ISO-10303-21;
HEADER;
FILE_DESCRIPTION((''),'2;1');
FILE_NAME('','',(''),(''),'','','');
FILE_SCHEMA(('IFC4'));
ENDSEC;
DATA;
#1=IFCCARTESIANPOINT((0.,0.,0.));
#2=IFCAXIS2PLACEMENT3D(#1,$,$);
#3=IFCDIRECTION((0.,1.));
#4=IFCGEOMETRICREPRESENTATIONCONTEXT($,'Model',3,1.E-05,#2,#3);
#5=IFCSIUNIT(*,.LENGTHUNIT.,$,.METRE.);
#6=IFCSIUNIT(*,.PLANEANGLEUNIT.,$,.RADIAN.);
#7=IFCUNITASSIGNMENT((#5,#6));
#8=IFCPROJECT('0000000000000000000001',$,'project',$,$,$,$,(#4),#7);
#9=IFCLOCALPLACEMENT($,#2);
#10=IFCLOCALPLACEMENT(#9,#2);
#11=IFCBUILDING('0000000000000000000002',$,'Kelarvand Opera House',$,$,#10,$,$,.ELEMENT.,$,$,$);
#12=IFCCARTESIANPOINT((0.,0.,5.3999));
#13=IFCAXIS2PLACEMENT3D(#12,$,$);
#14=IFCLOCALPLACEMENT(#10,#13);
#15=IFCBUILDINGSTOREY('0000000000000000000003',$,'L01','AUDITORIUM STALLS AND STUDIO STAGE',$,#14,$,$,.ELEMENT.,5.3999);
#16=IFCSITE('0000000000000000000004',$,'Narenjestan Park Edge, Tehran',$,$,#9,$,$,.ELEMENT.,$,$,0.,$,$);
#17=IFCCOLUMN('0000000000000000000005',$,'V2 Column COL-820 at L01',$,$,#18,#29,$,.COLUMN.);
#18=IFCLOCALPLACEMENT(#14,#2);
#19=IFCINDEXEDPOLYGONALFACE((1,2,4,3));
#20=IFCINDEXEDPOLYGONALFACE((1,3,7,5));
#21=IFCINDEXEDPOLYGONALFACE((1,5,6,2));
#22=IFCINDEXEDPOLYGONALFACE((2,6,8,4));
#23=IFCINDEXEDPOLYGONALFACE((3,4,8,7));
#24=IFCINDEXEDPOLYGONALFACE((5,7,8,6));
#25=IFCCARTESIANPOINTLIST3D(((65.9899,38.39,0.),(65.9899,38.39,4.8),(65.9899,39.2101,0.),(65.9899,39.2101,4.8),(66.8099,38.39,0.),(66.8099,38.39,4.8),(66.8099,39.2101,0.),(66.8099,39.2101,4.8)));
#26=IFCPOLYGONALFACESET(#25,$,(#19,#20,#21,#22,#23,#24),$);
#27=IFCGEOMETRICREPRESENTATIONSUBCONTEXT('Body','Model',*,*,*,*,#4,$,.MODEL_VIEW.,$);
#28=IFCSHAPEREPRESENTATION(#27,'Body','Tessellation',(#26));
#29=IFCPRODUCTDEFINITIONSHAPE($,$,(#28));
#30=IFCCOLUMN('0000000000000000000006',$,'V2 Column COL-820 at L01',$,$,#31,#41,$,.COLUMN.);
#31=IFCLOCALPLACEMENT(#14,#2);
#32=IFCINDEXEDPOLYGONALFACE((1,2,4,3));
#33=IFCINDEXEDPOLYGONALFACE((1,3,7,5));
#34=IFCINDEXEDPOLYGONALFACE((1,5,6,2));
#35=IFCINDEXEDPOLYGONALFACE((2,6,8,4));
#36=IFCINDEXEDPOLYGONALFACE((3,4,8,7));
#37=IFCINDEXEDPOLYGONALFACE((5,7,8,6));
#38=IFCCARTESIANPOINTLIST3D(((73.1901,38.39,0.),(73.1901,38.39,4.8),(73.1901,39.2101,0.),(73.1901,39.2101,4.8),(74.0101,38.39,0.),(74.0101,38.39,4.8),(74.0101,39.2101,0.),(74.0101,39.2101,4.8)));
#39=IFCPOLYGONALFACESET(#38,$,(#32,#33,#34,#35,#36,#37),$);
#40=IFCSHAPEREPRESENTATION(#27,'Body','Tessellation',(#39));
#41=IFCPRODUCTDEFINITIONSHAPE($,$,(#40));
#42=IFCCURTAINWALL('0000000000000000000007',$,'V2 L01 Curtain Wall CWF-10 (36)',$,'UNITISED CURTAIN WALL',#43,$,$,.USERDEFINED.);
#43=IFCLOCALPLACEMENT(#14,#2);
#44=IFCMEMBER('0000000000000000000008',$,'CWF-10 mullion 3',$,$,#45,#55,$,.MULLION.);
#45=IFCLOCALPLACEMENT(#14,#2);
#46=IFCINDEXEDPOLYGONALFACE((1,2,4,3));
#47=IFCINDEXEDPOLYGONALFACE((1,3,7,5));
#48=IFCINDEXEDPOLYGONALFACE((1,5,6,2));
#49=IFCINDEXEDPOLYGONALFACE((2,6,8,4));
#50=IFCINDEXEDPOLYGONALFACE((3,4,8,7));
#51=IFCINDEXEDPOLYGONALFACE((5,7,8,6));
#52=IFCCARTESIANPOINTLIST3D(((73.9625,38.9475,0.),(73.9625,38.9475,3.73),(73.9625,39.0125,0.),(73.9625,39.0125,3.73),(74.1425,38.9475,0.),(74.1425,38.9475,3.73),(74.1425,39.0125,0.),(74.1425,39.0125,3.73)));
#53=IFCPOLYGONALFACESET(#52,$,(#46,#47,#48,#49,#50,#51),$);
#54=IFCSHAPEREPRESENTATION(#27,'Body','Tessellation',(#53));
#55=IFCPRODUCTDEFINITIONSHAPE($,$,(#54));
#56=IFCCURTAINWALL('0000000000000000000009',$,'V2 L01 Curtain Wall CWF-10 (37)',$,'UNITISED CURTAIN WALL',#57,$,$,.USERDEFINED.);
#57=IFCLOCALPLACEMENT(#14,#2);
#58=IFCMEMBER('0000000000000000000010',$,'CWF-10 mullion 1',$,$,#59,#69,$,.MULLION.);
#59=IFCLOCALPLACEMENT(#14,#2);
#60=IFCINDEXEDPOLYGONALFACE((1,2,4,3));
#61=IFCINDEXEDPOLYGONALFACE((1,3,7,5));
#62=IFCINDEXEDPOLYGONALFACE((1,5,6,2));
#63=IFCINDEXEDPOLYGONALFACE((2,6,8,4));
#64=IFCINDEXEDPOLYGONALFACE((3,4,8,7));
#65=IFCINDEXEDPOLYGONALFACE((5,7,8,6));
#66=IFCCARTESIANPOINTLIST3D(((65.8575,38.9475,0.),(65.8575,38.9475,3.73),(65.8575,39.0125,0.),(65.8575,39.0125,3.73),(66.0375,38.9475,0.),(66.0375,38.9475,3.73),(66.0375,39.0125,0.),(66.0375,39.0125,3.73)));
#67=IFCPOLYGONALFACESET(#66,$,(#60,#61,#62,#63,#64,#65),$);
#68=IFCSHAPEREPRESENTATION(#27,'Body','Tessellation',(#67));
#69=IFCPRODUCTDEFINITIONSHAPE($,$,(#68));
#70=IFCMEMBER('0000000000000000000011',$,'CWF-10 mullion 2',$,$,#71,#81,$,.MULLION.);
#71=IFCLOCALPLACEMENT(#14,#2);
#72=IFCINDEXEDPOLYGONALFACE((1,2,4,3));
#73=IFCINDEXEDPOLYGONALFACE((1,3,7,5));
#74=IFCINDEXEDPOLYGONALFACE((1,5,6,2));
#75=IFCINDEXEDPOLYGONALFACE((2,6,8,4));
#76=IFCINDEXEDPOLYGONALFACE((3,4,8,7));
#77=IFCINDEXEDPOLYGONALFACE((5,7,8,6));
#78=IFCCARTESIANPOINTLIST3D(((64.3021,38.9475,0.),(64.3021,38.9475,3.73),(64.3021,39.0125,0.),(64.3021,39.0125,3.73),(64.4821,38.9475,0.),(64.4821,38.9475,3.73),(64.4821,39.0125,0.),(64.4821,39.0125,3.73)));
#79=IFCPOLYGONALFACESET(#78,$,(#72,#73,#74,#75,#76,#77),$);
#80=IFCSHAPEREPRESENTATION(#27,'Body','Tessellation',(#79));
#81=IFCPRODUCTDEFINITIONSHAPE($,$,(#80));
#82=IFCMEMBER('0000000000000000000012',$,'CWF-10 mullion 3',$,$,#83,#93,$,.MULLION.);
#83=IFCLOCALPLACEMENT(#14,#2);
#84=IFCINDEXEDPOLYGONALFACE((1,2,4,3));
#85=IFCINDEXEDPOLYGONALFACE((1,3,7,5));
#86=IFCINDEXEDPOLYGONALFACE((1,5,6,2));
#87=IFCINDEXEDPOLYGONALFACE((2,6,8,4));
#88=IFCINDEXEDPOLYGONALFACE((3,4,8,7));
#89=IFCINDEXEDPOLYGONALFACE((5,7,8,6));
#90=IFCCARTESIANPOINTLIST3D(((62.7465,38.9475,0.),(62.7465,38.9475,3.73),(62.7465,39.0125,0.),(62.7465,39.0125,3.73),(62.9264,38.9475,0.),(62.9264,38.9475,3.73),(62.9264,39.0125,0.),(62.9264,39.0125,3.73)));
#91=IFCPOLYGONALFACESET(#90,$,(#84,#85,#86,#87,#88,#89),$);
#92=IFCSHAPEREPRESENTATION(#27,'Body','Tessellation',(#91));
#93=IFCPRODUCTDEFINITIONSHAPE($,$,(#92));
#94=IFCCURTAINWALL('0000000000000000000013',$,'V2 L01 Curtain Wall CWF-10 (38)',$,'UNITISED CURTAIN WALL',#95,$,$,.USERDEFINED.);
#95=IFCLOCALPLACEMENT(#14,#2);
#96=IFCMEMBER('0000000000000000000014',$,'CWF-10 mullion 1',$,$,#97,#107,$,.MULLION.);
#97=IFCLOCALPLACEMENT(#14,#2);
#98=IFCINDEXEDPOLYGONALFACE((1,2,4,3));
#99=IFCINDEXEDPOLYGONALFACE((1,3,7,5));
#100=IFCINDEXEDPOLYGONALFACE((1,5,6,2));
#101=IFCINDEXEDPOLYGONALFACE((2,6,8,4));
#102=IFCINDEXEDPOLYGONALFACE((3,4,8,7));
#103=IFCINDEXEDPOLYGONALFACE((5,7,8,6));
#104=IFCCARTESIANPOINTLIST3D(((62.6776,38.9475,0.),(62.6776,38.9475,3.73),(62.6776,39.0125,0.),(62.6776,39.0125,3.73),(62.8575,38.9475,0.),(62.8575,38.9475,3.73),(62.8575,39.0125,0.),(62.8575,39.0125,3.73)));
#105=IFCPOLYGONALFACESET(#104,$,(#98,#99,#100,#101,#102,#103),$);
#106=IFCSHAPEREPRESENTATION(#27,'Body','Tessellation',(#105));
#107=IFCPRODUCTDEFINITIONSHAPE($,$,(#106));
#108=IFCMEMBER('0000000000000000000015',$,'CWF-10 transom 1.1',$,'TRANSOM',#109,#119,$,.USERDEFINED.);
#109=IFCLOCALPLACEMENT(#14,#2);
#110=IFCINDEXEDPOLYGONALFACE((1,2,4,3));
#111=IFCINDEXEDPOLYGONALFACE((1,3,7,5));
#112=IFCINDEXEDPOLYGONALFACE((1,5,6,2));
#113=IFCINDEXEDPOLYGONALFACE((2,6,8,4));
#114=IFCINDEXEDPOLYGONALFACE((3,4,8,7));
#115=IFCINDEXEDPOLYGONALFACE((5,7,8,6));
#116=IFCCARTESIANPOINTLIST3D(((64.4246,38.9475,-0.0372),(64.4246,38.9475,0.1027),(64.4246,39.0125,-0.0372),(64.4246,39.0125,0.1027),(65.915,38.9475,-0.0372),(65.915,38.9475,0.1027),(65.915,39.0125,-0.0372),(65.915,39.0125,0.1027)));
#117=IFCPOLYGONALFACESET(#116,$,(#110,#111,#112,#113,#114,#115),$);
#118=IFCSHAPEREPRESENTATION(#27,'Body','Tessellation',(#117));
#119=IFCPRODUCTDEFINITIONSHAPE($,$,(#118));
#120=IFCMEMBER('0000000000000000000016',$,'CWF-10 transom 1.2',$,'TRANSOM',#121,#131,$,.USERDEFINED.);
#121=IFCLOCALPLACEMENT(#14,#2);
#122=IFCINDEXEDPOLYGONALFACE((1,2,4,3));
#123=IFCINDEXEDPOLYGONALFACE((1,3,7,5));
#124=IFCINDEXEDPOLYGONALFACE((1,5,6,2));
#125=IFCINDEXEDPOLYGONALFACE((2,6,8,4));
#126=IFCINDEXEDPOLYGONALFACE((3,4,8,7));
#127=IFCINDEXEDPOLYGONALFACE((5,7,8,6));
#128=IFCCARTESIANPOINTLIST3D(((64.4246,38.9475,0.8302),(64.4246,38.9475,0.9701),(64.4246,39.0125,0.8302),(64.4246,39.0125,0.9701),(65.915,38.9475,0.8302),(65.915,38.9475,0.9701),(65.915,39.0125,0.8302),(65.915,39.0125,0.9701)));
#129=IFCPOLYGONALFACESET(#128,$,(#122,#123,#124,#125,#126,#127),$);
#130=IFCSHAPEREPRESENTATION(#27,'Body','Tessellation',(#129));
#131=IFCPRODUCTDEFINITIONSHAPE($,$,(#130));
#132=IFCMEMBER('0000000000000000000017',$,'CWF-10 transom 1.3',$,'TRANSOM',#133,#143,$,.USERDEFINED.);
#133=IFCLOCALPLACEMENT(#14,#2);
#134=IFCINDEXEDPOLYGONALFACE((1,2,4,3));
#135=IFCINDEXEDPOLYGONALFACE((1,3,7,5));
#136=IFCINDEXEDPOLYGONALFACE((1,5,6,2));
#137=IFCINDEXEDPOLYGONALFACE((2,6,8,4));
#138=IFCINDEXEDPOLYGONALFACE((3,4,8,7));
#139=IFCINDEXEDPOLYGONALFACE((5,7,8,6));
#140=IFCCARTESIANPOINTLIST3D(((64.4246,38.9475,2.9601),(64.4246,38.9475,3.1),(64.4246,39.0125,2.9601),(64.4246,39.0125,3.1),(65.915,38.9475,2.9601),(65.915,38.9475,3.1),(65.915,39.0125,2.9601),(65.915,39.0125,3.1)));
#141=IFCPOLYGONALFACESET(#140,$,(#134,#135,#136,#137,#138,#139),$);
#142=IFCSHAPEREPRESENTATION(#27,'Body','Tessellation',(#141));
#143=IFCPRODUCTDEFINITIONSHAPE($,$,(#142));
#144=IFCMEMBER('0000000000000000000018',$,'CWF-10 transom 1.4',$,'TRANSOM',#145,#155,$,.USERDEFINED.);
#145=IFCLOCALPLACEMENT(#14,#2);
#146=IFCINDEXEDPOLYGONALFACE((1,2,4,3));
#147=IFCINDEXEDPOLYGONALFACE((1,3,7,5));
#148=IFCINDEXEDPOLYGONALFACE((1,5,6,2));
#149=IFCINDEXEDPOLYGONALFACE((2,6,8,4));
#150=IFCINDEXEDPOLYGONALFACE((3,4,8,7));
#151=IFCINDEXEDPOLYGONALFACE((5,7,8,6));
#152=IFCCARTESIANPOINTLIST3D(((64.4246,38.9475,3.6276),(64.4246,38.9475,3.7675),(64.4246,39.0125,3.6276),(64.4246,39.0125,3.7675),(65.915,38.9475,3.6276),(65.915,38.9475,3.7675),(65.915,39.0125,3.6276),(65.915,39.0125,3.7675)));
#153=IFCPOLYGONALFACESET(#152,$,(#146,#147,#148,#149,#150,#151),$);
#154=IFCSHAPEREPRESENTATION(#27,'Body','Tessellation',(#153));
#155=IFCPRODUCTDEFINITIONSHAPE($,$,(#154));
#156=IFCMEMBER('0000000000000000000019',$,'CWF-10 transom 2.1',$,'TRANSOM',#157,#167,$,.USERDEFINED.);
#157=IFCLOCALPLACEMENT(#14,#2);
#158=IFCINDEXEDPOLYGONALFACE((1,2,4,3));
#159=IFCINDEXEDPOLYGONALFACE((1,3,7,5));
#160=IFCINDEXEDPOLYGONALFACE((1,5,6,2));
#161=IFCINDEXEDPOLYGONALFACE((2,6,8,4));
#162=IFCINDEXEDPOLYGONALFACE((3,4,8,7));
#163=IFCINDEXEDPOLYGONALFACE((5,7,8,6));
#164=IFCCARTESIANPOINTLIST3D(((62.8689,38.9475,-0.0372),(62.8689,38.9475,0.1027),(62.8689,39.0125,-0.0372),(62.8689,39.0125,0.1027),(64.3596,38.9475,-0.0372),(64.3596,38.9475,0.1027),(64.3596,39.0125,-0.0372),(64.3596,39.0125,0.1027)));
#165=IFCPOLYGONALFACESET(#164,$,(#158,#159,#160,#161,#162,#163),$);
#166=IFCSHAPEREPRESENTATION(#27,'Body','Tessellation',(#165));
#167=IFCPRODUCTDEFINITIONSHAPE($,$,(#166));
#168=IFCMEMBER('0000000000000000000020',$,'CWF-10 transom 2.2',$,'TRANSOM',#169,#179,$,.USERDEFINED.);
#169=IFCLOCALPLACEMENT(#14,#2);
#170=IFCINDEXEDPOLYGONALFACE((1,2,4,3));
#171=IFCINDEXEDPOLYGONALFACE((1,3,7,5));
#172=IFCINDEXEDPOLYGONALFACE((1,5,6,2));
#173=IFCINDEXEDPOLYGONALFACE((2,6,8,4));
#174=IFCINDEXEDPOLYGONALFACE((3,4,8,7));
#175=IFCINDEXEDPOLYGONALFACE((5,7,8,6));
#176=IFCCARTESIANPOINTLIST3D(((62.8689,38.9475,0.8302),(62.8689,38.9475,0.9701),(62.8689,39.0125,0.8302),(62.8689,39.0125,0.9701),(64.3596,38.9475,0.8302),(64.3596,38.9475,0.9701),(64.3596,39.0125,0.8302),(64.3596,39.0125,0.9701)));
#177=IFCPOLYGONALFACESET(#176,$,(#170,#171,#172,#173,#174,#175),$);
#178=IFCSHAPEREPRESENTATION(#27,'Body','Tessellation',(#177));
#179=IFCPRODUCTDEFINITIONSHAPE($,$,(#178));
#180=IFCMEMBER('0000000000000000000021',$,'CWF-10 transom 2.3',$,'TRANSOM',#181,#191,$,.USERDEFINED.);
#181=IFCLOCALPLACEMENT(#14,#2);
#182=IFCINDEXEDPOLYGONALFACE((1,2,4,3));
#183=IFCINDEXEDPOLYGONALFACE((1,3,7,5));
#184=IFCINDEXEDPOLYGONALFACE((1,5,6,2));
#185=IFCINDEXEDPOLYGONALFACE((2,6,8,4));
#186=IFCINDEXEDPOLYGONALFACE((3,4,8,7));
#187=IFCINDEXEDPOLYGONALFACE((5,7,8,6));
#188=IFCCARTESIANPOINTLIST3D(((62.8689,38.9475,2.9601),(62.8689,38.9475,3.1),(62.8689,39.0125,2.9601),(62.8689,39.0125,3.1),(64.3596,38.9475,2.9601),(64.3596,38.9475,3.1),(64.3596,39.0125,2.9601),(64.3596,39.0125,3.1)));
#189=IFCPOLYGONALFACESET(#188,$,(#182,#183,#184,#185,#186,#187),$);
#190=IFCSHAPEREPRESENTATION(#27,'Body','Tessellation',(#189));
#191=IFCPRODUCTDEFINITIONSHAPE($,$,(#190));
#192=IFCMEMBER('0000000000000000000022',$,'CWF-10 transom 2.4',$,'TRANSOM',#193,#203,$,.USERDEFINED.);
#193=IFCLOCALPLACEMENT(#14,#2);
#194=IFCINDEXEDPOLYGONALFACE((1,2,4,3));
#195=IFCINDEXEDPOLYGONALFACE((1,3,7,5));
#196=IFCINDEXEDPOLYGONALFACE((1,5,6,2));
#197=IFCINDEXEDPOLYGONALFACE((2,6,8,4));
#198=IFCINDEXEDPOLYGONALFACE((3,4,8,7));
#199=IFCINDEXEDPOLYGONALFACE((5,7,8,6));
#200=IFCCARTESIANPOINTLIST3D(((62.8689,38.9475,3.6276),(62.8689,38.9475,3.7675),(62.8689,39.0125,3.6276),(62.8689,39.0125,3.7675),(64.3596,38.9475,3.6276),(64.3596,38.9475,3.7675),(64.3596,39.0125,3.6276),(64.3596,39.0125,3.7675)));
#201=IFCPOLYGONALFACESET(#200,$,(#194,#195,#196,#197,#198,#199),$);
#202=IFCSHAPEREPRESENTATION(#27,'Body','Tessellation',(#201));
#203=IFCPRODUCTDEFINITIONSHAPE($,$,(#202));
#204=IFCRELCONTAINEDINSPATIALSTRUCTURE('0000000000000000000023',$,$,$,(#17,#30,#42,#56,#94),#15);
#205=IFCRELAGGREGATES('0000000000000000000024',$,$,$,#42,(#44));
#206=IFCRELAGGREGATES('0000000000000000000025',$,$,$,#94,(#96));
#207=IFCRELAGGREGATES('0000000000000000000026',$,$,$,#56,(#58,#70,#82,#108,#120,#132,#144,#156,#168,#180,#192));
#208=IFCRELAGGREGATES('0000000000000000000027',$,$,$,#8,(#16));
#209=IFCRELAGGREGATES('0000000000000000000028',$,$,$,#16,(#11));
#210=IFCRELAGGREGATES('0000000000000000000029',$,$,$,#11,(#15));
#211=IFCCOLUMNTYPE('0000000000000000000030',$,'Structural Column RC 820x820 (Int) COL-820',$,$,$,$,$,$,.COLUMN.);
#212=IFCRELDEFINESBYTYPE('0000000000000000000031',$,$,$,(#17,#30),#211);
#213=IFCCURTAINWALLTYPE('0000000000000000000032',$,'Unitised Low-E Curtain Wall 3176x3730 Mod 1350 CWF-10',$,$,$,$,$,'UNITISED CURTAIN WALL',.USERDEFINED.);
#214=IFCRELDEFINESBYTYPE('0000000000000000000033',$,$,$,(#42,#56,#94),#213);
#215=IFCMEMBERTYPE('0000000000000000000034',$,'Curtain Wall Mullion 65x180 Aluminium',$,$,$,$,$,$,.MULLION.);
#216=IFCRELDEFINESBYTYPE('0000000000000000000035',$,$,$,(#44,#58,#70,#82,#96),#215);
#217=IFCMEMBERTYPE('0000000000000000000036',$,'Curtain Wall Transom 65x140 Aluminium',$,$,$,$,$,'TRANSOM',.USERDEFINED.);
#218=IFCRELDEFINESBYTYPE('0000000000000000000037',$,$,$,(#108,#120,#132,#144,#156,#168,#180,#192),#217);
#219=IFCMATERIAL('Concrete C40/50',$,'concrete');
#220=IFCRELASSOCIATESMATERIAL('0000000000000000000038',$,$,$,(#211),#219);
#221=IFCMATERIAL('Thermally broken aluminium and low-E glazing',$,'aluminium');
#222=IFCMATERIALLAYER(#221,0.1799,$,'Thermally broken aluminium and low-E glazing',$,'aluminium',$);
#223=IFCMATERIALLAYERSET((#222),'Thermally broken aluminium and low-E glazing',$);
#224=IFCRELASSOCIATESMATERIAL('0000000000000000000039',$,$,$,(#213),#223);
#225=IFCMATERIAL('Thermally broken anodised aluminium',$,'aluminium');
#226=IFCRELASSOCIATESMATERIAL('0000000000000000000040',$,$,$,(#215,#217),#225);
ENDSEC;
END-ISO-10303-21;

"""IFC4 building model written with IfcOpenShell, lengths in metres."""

from ifc_helpers import new_model, si_unit, direction, frame, origin, origin_2d, place, context, subcontext, project, spatial, rectangle, extrude, material, layer, layer_set, material_profile, profile_set, type_object, element, aggregate, save


model = new_model("IFC4")

# Units and contexts
model_context = context("Model", 3, precision=1e-05, world=origin(), true_north=direction((0.0, 1.0)))
body_context = subcontext(model_context, "Body", "Model", "MODEL_VIEW")
ifc_project = project(units=[si_unit("LENGTHUNIT", "METRE"), si_unit("PLANEANGLEUNIT", "RADIAN")], contexts=[model_context])

# Site, building, storey
site_placement = place(None, origin())
site = spatial("IfcSite", under=ifc_project, at=site_placement, Name="Narenjestan Park Edge, Tehran", CompositionType="ELEMENT", RefElevation=0.0)
building_placement = place(site_placement, origin())
building = spatial("IfcBuilding", under=site, at=building_placement, Name="Kelarvand Opera House", CompositionType="ELEMENT")
storey_placement = place(building_placement, frame((0.0, 0.0, 5.3999)))
storey = spatial("IfcBuildingStorey", under=building, at=storey_placement, Name="L01", Description="AUDITORIUM STALLS AND STUDIO STAGE", CompositionType="ELEMENT", Elevation=5.3999)

# Columns
ifc_material_1 = material(Name="Concrete C40/50", Category="concrete")
ifc_material_profile_1 = material_profile(ifc_material_1, rectangle(XDim=0.8201, YDim=0.8201, at=origin_2d()), Name="RC 820x820", Category="concrete")
ifc_profile_set_1 = profile_set([ifc_material_profile_1], Name="Concrete C40/50")
column_type = type_object("IfcColumnType", Name="Structural Column RC 820x820 (Int) COL-820", PredefinedType="COLUMN", material=ifc_profile_set_1)
for number, where, z_axis, x_axis, name in (
    (1, (66.3999, 38.8, 0.0), (0.0, 0.0, 1.0), (1.0, 0.0, 0.0), "V2 Column COL-820 at L01"),
    (2, (73.6001, 38.8, 0.0), (0.0, 0.0, 1.0), (1.0, 0.0, 0.0), "V2 Column COL-820 at L01"),
):
    element("IfcColumn", number, at=place(storey_placement, frame(where, z_axis=z_axis, x_axis=x_axis)), inside=storey, type_object=column_type, Name=name, PredefinedType="COLUMN", context=body_context, shape_type="SweptSolid", body=[
        extrude(rectangle(XDim=0.8201, YDim=0.8201, at=origin_2d()), origin(), (0.0, 0.0, 1.0), 4.8),
    ])

# Curtain wall, member
ifc_material_2 = material(Name="Thermally broken aluminium and low-E glazing", Category="aluminium")
ifc_layer_1 = layer(ifc_material_2, 0.1799, Name="Thermally broken aluminium and low-E glazing", Category="aluminium")
ifc_layer_set_1 = layer_set([ifc_layer_1], Name="Thermally broken aluminium and low-E glazing")
curtain_wall_type = type_object("IfcCurtainWallType", Name="Unitised Low-E Curtain Wall 3176x3730 Mod 1350 CWF-10", ElementType="UNITISED CURTAIN WALL", PredefinedType="USERDEFINED", material=ifc_layer_set_1)
curtain_wall_1_placement = place(storey_placement, origin())
curtain_wall_1 = element("IfcCurtainWall", 3, at=curtain_wall_1_placement, inside=storey, type_object=curtain_wall_type, Name="V2 L01 Curtain Wall CWF-10 (36)", ObjectType="UNITISED CURTAIN WALL", PredefinedType="USERDEFINED")
ifc_material_3 = material(Name="Thermally broken anodised aluminium", Category="aluminium")
ifc_material_profile_2 = material_profile(ifc_material_3, rectangle(XDim=0.0649, YDim=0.1799, at=origin_2d()), Name="ALU MULLION 65x180", Category="aluminium")
ifc_profile_set_2 = profile_set([ifc_material_profile_2], Name="Thermally broken anodised aluminium")
member_type_1 = type_object("IfcMemberType", Name="Curtain Wall Mullion 65x180 Aluminium", PredefinedType="MULLION", material=ifc_profile_set_2)
member_1_placement = place(storey_placement, frame((74.0525, 38.98, 0.0), z_axis=(0.0, 0.0, 1.0), x_axis=(0.0, -1.0, 0.0)))
member_1 = element("IfcMember", 4, at=member_1_placement, type_object=member_type_1, Name="CWF-10 mullion 3", PredefinedType="MULLION", context=body_context, shape_type="SweptSolid", body=[
    extrude(rectangle(XDim=0.0649, YDim=0.1799, at=origin_2d()), origin(), (0.0, 0.0, 1.0), 3.73),
])
aggregate(curtain_wall_1, [member_1])

# Curtain wall, members
curtain_wall_2_placement = place(storey_placement, origin())
curtain_wall_2 = element("IfcCurtainWall", 5, at=curtain_wall_2_placement, inside=storey, type_object=curtain_wall_type, Name="V2 L01 Curtain Wall CWF-10 (37)", ObjectType="UNITISED CURTAIN WALL", PredefinedType="USERDEFINED")
member_2_placement = place(storey_placement, frame((65.9475, 38.98, 0.0), z_axis=(0.0, 0.0, 1.0), x_axis=(0.0, -1.0, 0.0)))
member_2 = element("IfcMember", 6, at=member_2_placement, type_object=member_type_1, Name="CWF-10 mullion 1", PredefinedType="MULLION", context=body_context, shape_type="SweptSolid", body=[
    extrude(rectangle(XDim=0.0649, YDim=0.1799, at=origin_2d()), origin(), (0.0, 0.0, 1.0), 3.73),
])
member_3_placement = place(storey_placement, frame((64.3921, 38.98, 0.0), z_axis=(0.0, 0.0, 1.0), x_axis=(0.0, -1.0, 0.0)))
member_3 = element("IfcMember", 7, at=member_3_placement, type_object=member_type_1, Name="CWF-10 mullion 2", PredefinedType="MULLION", context=body_context, shape_type="SweptSolid", body=[
    extrude(rectangle(XDim=0.0649, YDim=0.1799, at=origin_2d()), origin(), (0.0, 0.0, 1.0), 3.73),
])
member_4_placement = place(storey_placement, frame((62.8364, 38.98, 0.0), z_axis=(0.0, 0.0, 1.0), x_axis=(0.0, -1.0, 0.0)))
member_4 = element("IfcMember", 8, at=member_4_placement, type_object=member_type_1, Name="CWF-10 mullion 3", PredefinedType="MULLION", context=body_context, shape_type="SweptSolid", body=[
    extrude(rectangle(XDim=0.0649, YDim=0.1799, at=origin_2d()), origin(), (0.0, 0.0, 1.0), 3.73),
])

# Curtain wall, member
curtain_wall_3_placement = place(storey_placement, origin())
curtain_wall_3 = element("IfcCurtainWall", 9, at=curtain_wall_3_placement, inside=storey, type_object=curtain_wall_type, Name="V2 L01 Curtain Wall CWF-10 (38)", ObjectType="UNITISED CURTAIN WALL", PredefinedType="USERDEFINED")
member_5_placement = place(storey_placement, frame((62.7676, 38.98, 0.0), z_axis=(0.0, 0.0, 1.0), x_axis=(0.0, -1.0, 0.0)))
member_5 = element("IfcMember", 10, at=member_5_placement, type_object=member_type_1, Name="CWF-10 mullion 1", PredefinedType="MULLION", context=body_context, shape_type="SweptSolid", body=[
    extrude(rectangle(XDim=0.0649, YDim=0.1799, at=origin_2d()), origin(), (0.0, 0.0, 1.0), 3.73),
])

# Members
ifc_material_profile_3 = material_profile(ifc_material_3, rectangle(XDim=0.0649, YDim=0.1399, at=origin_2d()), Name="ALU TRANSOM 65x140", Category="aluminium")
ifc_profile_set_3 = profile_set([ifc_material_profile_3], Name="Thermally broken anodised aluminium")
member_type_2 = type_object("IfcMemberType", Name="Curtain Wall Transom 65x140 Aluminium", ElementType="TRANSOM", PredefinedType="USERDEFINED", material=ifc_profile_set_3)
member_6_placement = place(storey_placement, frame((65.915, 38.98, 0.0327), z_axis=(-1.0, 0.0, 0.0), x_axis=(0.0, -1.0, 0.0)))
member_6 = element("IfcMember", 11, at=member_6_placement, type_object=member_type_2, Name="CWF-10 transom 1.1", ObjectType="TRANSOM", PredefinedType="USERDEFINED", context=body_context, shape_type="SweptSolid", body=[
    extrude(rectangle(XDim=0.0649, YDim=0.1399, at=origin_2d()), origin(), (0.0, 0.0, 1.0), 1.4905),
])
member_7_placement = place(storey_placement, frame((65.915, 38.98, 0.9001), z_axis=(-1.0, 0.0, 0.0), x_axis=(0.0, -1.0, 0.0)))
member_7 = element("IfcMember", 12, at=member_7_placement, type_object=member_type_2, Name="CWF-10 transom 1.2", ObjectType="TRANSOM", PredefinedType="USERDEFINED", context=body_context, shape_type="SweptSolid", body=[
    extrude(rectangle(XDim=0.0649, YDim=0.1399, at=origin_2d()), origin(), (0.0, 0.0, 1.0), 1.4905),
])
member_8_placement = place(storey_placement, frame((65.915, 38.98, 3.03), z_axis=(-1.0, 0.0, 0.0), x_axis=(0.0, -1.0, 0.0)))
member_8 = element("IfcMember", 13, at=member_8_placement, type_object=member_type_2, Name="CWF-10 transom 1.3", ObjectType="TRANSOM", PredefinedType="USERDEFINED", context=body_context, shape_type="SweptSolid", body=[
    extrude(rectangle(XDim=0.0649, YDim=0.1399, at=origin_2d()), origin(), (0.0, 0.0, 1.0), 1.4905),
])
member_9_placement = place(storey_placement, frame((65.915, 38.98, 3.6975), z_axis=(-1.0, 0.0, 0.0), x_axis=(0.0, -1.0, 0.0)))
member_9 = element("IfcMember", 14, at=member_9_placement, type_object=member_type_2, Name="CWF-10 transom 1.4", ObjectType="TRANSOM", PredefinedType="USERDEFINED", context=body_context, shape_type="SweptSolid", body=[
    extrude(rectangle(XDim=0.0649, YDim=0.1399, at=origin_2d()), origin(), (0.0, 0.0, 1.0), 1.4905),
])
member_10_placement = place(storey_placement, frame((64.3596, 38.98, 0.0327), z_axis=(-1.0, 0.0, 0.0), x_axis=(0.0, -1.0, 0.0)))
member_10 = element("IfcMember", 15, at=member_10_placement, type_object=member_type_2, Name="CWF-10 transom 2.1", ObjectType="TRANSOM", PredefinedType="USERDEFINED", context=body_context, shape_type="SweptSolid", body=[
    extrude(rectangle(XDim=0.0649, YDim=0.1399, at=origin_2d()), origin(), (0.0, 0.0, 1.0), 1.4907),
])
member_11_placement = place(storey_placement, frame((64.3596, 38.98, 0.9001), z_axis=(-1.0, 0.0, 0.0), x_axis=(0.0, -1.0, 0.0)))
member_11 = element("IfcMember", 16, at=member_11_placement, type_object=member_type_2, Name="CWF-10 transom 2.2", ObjectType="TRANSOM", PredefinedType="USERDEFINED", context=body_context, shape_type="SweptSolid", body=[
    extrude(rectangle(XDim=0.0649, YDim=0.1399, at=origin_2d()), origin(), (0.0, 0.0, 1.0), 1.4907),
])
member_12_placement = place(storey_placement, frame((64.3596, 38.98, 3.03), z_axis=(-1.0, 0.0, 0.0), x_axis=(0.0, -1.0, 0.0)))
member_12 = element("IfcMember", 17, at=member_12_placement, type_object=member_type_2, Name="CWF-10 transom 2.3", ObjectType="TRANSOM", PredefinedType="USERDEFINED", context=body_context, shape_type="SweptSolid", body=[
    extrude(rectangle(XDim=0.0649, YDim=0.1399, at=origin_2d()), origin(), (0.0, 0.0, 1.0), 1.4907),
])
member_13_placement = place(storey_placement, frame((64.3596, 38.98, 3.6975), z_axis=(-1.0, 0.0, 0.0), x_axis=(0.0, -1.0, 0.0)))
member_13 = element("IfcMember", 18, at=member_13_placement, type_object=member_type_2, Name="CWF-10 transom 2.4", ObjectType="TRANSOM", PredefinedType="USERDEFINED", context=body_context, shape_type="SweptSolid", body=[
    extrude(rectangle(XDim=0.0649, YDim=0.1399, at=origin_2d()), origin(), (0.0, 0.0, 1.0), 1.4907),
])
aggregate(curtain_wall_3, [member_5])

aggregate(curtain_wall_2, [member_2, member_3, member_4, member_6, member_7, member_8, member_9, member_10, member_11, member_12, member_13])

save(model, "model.ifc")
